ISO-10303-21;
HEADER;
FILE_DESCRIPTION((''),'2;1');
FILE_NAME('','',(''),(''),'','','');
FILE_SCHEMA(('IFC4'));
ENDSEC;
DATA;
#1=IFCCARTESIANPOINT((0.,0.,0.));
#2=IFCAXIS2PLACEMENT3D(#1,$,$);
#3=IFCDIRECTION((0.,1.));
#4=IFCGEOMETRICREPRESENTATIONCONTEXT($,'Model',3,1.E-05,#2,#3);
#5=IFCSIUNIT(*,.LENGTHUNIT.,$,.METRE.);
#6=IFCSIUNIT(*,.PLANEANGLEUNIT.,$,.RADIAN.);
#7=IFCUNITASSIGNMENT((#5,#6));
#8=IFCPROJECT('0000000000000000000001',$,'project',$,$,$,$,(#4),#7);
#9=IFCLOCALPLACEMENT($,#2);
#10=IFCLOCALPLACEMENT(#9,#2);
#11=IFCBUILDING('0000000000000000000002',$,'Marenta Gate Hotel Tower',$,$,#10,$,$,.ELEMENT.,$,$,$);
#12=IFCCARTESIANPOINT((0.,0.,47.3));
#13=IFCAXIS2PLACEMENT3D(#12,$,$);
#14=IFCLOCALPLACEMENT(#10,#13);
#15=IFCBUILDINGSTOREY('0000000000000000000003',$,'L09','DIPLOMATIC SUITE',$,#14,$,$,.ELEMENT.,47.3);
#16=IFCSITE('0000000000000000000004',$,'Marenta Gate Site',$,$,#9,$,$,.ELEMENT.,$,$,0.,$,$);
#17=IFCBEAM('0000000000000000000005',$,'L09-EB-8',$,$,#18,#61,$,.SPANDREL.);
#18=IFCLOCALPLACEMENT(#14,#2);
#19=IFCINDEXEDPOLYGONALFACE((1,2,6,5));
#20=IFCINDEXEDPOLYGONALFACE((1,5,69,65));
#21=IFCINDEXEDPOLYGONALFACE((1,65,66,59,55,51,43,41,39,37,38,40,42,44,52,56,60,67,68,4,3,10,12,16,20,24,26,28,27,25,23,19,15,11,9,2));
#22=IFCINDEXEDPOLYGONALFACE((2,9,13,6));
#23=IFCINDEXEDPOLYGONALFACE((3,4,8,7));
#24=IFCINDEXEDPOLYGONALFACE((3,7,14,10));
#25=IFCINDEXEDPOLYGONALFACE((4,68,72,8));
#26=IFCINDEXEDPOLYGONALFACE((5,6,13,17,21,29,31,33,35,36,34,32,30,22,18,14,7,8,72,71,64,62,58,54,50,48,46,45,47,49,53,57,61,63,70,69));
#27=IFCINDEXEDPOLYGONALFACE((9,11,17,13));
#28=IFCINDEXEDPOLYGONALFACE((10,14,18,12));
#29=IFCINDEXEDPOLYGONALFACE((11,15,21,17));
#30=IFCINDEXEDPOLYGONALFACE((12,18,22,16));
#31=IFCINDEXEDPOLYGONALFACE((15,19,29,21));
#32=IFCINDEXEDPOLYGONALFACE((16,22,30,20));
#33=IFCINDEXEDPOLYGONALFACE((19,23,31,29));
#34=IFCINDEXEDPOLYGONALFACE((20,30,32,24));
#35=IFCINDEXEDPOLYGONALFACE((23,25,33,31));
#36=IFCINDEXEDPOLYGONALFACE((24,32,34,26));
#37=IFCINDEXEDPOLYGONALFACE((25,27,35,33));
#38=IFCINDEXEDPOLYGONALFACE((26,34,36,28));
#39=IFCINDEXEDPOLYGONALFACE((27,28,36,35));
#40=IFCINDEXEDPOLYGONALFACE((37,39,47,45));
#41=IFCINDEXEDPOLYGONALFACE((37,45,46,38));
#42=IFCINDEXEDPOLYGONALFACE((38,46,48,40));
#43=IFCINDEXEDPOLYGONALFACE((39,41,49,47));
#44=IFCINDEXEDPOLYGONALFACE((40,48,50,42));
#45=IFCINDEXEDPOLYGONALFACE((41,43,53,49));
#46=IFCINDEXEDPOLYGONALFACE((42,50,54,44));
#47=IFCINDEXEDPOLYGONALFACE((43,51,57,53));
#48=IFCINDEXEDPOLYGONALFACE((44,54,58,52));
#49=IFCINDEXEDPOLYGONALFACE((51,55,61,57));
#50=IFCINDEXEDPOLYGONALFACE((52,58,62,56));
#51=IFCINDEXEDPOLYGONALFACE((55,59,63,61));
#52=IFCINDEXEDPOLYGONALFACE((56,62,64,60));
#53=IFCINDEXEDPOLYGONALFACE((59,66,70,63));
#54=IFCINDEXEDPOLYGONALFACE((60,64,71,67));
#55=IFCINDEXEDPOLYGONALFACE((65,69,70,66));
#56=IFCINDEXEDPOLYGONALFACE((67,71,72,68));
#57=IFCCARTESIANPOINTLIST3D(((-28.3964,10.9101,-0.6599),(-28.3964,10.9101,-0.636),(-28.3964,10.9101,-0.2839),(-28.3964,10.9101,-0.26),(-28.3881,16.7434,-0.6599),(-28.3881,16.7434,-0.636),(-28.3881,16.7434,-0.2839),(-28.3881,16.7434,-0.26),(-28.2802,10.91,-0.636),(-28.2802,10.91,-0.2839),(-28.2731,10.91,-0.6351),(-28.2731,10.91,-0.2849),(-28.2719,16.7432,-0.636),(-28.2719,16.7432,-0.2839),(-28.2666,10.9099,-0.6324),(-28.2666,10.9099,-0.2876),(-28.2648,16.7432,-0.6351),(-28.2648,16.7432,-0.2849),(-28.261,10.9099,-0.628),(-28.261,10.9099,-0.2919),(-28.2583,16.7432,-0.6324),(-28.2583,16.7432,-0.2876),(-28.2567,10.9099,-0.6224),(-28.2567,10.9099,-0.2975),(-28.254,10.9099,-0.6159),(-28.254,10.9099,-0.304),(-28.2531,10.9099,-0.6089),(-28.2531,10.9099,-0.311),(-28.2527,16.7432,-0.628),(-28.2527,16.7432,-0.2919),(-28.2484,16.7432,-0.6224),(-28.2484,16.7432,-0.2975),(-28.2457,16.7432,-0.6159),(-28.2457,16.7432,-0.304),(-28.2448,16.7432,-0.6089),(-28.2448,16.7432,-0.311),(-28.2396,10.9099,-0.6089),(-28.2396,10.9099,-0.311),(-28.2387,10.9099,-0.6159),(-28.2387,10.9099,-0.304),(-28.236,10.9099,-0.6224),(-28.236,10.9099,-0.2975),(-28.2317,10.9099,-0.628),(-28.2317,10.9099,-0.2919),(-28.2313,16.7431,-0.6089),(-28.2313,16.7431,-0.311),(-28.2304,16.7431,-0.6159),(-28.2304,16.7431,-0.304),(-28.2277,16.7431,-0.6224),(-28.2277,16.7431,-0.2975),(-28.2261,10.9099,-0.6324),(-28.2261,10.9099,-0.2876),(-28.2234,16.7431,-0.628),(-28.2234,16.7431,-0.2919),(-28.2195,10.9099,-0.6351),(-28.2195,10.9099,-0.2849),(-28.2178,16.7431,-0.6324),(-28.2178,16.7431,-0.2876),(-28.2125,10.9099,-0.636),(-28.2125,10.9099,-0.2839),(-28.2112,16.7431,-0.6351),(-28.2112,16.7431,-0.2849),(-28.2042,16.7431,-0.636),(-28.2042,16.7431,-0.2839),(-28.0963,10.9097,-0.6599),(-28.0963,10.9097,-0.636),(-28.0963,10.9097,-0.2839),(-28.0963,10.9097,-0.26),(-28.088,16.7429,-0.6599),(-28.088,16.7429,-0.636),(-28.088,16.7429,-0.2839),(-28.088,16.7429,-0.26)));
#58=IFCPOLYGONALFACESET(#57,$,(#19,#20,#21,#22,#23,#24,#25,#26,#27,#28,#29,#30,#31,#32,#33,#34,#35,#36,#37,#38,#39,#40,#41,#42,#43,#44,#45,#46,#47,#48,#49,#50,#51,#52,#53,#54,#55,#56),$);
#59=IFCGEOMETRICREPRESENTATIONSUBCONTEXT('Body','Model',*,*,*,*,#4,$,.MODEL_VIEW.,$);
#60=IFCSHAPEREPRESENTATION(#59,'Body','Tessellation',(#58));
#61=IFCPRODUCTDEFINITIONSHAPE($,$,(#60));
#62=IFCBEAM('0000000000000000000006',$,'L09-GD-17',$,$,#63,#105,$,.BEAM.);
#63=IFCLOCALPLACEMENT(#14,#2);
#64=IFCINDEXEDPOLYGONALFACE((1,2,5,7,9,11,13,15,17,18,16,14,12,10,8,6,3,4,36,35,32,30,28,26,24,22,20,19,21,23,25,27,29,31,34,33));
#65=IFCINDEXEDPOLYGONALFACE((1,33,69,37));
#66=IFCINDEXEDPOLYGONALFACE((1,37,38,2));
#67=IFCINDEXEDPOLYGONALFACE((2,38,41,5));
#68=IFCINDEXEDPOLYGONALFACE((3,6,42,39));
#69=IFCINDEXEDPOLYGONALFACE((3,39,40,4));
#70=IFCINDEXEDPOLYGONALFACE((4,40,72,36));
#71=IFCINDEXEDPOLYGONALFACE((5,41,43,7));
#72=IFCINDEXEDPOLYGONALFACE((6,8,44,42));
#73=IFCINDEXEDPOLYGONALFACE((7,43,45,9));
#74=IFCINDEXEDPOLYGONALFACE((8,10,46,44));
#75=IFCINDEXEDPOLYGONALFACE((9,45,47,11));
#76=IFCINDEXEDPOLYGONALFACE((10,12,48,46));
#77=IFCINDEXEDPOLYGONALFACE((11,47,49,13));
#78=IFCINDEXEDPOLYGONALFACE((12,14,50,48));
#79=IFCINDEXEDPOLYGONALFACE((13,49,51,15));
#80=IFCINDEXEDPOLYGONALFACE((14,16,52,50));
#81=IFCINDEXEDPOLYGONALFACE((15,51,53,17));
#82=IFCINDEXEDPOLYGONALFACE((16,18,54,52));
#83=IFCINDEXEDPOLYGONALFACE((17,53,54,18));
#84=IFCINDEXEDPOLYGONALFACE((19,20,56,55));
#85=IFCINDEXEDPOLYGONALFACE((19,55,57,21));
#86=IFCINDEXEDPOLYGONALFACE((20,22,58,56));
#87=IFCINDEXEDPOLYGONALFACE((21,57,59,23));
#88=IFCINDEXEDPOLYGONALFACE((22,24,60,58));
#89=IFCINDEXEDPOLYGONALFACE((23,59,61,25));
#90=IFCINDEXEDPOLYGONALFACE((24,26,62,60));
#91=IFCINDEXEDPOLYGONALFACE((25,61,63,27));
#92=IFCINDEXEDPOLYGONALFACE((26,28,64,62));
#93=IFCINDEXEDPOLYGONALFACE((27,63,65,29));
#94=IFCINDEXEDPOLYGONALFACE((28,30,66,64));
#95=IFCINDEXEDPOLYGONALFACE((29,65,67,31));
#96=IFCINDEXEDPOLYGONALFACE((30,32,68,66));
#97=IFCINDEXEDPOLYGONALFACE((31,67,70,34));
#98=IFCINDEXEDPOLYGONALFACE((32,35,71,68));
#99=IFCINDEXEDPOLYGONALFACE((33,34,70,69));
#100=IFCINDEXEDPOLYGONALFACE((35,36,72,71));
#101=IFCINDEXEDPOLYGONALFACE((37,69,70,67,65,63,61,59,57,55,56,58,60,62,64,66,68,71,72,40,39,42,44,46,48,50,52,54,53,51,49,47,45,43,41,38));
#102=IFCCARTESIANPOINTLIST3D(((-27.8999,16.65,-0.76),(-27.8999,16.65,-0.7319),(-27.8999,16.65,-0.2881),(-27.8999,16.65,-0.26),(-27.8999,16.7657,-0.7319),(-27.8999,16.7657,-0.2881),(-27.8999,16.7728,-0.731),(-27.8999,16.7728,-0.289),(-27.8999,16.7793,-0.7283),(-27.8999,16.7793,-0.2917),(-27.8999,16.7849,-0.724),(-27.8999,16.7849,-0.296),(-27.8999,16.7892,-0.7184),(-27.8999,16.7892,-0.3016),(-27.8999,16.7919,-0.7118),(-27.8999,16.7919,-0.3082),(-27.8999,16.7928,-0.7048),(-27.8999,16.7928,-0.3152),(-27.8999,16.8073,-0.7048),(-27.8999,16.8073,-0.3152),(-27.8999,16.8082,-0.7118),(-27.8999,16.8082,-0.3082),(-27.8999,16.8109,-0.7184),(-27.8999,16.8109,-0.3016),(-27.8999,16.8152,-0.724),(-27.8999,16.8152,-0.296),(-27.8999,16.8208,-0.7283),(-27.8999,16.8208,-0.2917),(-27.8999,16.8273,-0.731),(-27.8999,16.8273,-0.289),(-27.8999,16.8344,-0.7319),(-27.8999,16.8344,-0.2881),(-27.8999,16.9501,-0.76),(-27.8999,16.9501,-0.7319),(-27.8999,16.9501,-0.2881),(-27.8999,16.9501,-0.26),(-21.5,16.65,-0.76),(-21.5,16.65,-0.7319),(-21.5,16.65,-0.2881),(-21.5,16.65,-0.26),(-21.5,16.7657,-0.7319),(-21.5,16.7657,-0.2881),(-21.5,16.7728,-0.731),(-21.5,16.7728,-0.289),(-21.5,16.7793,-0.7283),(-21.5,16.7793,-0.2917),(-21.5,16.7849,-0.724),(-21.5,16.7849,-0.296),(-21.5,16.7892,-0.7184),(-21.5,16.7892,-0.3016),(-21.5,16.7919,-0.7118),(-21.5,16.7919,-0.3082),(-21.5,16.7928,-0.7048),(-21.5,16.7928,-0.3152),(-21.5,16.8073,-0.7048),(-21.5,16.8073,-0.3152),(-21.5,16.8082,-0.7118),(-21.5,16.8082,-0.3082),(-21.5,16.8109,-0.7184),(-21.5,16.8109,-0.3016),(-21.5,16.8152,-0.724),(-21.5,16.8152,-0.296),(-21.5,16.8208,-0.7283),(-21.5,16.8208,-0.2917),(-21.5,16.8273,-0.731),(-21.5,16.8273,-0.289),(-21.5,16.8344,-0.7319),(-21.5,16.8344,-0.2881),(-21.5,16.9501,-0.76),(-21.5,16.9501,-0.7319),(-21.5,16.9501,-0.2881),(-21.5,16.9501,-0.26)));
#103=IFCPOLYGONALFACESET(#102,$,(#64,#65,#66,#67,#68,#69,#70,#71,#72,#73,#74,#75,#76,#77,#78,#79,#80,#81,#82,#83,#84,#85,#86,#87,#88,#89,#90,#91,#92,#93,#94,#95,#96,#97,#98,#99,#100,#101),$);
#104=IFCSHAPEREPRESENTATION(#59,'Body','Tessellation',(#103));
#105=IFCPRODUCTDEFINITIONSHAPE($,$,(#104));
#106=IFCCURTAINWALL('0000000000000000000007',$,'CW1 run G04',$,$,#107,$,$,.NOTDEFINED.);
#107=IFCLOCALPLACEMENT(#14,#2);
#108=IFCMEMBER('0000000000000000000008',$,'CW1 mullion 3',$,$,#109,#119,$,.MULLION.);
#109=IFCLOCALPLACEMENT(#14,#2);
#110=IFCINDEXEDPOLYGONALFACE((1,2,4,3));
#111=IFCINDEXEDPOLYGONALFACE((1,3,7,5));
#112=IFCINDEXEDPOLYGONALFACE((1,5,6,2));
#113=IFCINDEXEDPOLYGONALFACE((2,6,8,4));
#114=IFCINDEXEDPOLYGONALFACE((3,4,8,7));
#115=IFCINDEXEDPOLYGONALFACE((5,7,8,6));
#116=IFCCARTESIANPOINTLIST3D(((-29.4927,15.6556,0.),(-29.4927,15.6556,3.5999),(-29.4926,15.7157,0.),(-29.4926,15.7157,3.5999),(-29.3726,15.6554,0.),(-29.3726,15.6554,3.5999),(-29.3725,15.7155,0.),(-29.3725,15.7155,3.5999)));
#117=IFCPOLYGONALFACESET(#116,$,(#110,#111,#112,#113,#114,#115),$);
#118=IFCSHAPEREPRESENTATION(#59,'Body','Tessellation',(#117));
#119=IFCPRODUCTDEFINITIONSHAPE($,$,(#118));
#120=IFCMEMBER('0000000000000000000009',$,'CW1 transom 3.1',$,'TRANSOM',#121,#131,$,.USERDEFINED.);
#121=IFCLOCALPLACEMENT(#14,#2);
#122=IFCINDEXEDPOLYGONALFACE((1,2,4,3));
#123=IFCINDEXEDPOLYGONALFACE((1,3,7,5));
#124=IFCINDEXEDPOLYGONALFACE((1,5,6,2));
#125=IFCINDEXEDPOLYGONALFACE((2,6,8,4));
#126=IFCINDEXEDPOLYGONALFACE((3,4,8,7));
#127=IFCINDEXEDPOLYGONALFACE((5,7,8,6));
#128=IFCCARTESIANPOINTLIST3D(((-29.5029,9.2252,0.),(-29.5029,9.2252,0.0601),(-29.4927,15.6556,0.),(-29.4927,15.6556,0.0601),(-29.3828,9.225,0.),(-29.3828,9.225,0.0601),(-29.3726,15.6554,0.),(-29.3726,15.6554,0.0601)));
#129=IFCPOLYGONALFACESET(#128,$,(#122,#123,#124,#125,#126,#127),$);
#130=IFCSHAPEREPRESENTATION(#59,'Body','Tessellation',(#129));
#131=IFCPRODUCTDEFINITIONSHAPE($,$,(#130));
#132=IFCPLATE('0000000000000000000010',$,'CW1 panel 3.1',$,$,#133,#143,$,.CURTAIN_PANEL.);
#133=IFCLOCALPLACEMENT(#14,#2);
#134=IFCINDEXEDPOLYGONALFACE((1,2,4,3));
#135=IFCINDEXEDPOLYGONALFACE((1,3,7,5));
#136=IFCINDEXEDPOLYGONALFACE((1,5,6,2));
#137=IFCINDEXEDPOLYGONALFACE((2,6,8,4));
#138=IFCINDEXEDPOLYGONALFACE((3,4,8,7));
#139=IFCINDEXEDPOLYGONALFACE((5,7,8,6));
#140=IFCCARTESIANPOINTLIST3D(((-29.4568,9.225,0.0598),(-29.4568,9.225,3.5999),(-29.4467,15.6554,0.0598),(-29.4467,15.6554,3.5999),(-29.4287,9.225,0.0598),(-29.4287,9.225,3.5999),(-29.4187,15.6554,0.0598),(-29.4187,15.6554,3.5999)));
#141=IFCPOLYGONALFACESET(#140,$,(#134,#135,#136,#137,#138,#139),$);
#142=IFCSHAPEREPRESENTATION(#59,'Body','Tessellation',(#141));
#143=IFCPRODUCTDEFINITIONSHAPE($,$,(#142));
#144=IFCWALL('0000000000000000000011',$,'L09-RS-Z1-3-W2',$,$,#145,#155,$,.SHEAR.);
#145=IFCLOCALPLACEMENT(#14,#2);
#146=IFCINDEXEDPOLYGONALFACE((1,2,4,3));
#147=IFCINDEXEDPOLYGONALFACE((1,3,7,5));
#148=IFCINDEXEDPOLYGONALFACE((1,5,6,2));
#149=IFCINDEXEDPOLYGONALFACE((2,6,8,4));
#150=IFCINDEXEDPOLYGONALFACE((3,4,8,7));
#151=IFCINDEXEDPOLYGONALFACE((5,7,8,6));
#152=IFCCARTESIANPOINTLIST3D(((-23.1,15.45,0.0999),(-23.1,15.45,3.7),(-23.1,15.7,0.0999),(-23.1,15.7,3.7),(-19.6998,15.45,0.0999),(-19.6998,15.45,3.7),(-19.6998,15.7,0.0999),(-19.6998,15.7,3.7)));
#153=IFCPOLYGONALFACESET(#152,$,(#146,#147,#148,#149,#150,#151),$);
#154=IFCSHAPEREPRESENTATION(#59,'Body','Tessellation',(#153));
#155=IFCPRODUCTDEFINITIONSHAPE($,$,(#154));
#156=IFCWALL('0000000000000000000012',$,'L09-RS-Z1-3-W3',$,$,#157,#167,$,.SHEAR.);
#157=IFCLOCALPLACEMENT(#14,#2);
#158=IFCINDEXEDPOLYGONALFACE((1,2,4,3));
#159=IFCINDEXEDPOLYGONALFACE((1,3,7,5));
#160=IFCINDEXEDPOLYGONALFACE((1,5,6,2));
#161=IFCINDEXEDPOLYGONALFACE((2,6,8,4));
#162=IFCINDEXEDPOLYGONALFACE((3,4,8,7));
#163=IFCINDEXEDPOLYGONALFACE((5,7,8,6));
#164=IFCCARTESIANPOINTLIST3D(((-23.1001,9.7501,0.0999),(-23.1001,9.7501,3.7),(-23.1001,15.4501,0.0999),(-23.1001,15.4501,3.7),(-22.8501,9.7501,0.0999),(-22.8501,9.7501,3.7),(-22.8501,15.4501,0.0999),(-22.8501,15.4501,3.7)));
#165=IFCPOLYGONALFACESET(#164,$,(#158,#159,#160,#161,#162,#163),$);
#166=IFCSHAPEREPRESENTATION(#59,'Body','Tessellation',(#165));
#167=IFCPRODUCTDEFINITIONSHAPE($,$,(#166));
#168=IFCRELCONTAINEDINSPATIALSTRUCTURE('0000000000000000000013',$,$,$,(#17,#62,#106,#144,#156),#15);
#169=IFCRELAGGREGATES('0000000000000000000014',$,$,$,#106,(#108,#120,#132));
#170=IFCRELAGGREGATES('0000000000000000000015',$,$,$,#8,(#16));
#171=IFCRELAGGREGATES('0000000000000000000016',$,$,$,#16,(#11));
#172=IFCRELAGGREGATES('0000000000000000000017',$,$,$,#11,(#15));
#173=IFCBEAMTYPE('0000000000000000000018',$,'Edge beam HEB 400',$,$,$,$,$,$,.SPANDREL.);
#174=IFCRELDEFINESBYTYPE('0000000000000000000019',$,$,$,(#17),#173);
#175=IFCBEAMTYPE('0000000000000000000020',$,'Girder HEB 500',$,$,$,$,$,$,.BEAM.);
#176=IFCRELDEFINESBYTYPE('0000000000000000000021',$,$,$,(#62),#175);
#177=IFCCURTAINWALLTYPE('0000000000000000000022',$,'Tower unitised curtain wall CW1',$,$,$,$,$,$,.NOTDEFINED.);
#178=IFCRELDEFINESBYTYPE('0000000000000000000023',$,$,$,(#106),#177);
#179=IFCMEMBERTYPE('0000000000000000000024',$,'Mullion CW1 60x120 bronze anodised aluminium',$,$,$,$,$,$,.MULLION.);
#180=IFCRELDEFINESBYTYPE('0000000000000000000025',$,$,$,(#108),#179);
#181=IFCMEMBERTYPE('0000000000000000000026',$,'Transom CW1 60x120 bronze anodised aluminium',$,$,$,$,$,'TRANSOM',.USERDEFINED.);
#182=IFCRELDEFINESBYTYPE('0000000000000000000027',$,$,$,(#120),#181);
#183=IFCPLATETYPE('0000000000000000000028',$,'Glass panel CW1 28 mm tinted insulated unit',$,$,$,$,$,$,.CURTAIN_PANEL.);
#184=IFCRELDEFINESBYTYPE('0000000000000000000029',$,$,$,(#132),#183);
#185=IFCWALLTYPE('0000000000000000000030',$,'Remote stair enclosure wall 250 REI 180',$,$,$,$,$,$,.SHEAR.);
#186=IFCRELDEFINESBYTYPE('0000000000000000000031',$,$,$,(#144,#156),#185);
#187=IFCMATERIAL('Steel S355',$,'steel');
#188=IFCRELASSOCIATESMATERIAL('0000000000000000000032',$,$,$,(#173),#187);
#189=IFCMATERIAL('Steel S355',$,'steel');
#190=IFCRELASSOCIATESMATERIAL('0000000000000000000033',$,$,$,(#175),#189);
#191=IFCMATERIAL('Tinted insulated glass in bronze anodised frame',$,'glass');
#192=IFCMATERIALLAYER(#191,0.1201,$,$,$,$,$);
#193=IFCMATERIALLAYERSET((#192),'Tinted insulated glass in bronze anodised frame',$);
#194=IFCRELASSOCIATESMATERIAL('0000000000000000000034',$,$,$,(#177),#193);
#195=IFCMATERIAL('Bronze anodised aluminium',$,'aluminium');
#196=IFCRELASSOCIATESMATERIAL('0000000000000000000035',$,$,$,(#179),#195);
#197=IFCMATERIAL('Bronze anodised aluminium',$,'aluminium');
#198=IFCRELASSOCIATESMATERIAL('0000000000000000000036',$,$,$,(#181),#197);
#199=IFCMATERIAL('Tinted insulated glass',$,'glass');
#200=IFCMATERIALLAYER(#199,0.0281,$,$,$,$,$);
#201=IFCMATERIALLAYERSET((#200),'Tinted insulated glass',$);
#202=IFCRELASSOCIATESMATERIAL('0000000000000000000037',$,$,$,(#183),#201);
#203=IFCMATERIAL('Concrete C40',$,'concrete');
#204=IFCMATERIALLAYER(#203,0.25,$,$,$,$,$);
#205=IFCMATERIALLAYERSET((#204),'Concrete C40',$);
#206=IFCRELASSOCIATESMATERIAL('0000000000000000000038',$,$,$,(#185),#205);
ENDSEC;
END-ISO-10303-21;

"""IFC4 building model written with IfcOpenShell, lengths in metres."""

from ifc_helpers import new_model, si_unit, direction, frame, frame_2d, origin, origin_2d, place, context, subcontext, project, spatial, rectangle, i_section, extrude, material, layer, layer_set, material_profile, profile_set, type_object, element, aggregate, save


model = new_model("IFC4")

# Units and contexts
model_context = context("Model", 3, precision=1e-05, world=origin(), true_north=direction((0.0, 1.0)))
body_context = subcontext(model_context, "Body", "Model", "MODEL_VIEW")
ifc_project = project(units=[si_unit("LENGTHUNIT", "METRE"), si_unit("PLANEANGLEUNIT", "RADIAN")], contexts=[model_context])

# Site, building, storey
site_placement = place(None, origin())
site = spatial("IfcSite", under=ifc_project, at=site_placement, Name="Marenta Gate Site", CompositionType="ELEMENT", RefElevation=0.0)
building_placement = place(site_placement, origin())
building = spatial("IfcBuilding", under=site, at=building_placement, Name="Marenta Gate Hotel Tower", CompositionType="ELEMENT")
storey_placement = place(building_placement, frame((0.0, 0.0, 47.3)))
storey = spatial("IfcBuildingStorey", under=building, at=storey_placement, Name="L09", Description="DIPLOMATIC SUITE", CompositionType="ELEMENT", Elevation=47.3)

# Beams
ifc_material_1 = material(Name="Steel S355", Category="steel")
ifc_material_profile_1 = material_profile(ifc_material_1, i_section(OverallWidth=0.3, OverallDepth=0.3999, WebThickness=0.0134, FlangeThickness=0.0239, FilletRadius=0.0271, at=origin_2d()), Name="HEB 400")
ifc_profile_set_1 = profile_set([ifc_material_profile_1], Name="Steel S355")
beam_type_1 = type_object("IfcBeamType", Name="Edge beam HEB 400", PredefinedType="SPANDREL", material=ifc_profile_set_1)
beam_1_placement = place(storey_placement, frame((-28.2463, 10.9099, -0.46), z_axis=(0.001423, 0.999999, 0.0), x_axis=(-0.999999, 0.001423, 0.0)))
element("IfcBeam", 1, at=beam_1_placement, inside=storey, type_object=beam_type_1, Name="L09-EB-8", PredefinedType="SPANDREL", context=body_context, shape_type="SweptSolid", body=[
    extrude(i_section(OverallWidth=0.3, OverallDepth=0.3999, WebThickness=0.0134, FlangeThickness=0.0239, FilletRadius=0.0271, at=origin_2d()), origin(), (0.0, 0.0, 1.0), 5.8333),
])
ifc_material_2 = material(Name="Steel S355", Category="steel")
ifc_material_profile_2 = material_profile(ifc_material_2, i_section(OverallWidth=0.3, OverallDepth=0.5, WebThickness=0.0144, FlangeThickness=0.0281, FilletRadius=0.0271, at=origin_2d()), Name="HEB 500")
ifc_profile_set_2 = profile_set([ifc_material_profile_2], Name="Steel S355")
beam_type_2 = type_object("IfcBeamType", Name="Girder HEB 500", PredefinedType="BEAM", material=ifc_profile_set_2)
beam_2_placement = place(storey_placement, frame((-27.8999, 16.8, -0.51), z_axis=(1.0, 0.0, 0.0), x_axis=(0.0, 1.0, 0.0)))
element("IfcBeam", 2, at=beam_2_placement, inside=storey, type_object=beam_type_2, Name="L09-GD-17", PredefinedType="BEAM", context=body_context, shape_type="SweptSolid", body=[
    extrude(i_section(OverallWidth=0.3, OverallDepth=0.5, WebThickness=0.0144, FlangeThickness=0.0281, FilletRadius=0.0271, at=origin_2d()), origin(), (0.0, 0.0, 1.0), 6.3999),
])

# Curtain wall, members, plate
ifc_material_3 = material(Name="Tinted insulated glass in bronze anodised frame", Category="glass")
ifc_layer_1 = layer(ifc_material_3, 0.1201)
ifc_layer_set_1 = layer_set([ifc_layer_1], Name="Tinted insulated glass in bronze anodised frame")
curtain_wall_type = type_object("IfcCurtainWallType", Name="Tower unitised curtain wall CW1", PredefinedType="NOTDEFINED", material=ifc_layer_set_1)
curtain_wall_placement = place(storey_placement, origin())
curtain_wall = element("IfcCurtainWall", 3, at=curtain_wall_placement, inside=storey, type_object=curtain_wall_type, Name="CW1 run G04", PredefinedType="NOTDEFINED")
ifc_material_4 = material(Name="Bronze anodised aluminium", Category="aluminium")
ifc_material_profile_3 = material_profile(ifc_material_4, rectangle(XDim=0.1201, YDim=0.0601, at=origin_2d()), Name="Mullion CW1 60x120 bronze anodised aluminium")
ifc_profile_set_3 = profile_set([ifc_material_profile_3], Name="Bronze anodised aluminium")
member_type_1 = type_object("IfcMemberType", Name="Mullion CW1 60x120 bronze anodised aluminium", PredefinedType="MULLION", material=ifc_profile_set_3)
member_1_placement = place(storey_placement, frame((-29.4326, 15.6855, 0.0), z_axis=(0.0, 0.0, 1.0), x_axis=(0.999999, -0.001566, 0.0)))
member_1 = element("IfcMember", 4, at=member_1_placement, type_object=member_type_1, Name="CW1 mullion 3", PredefinedType="MULLION", context=body_context, shape_type="SweptSolid", body=[
    extrude(rectangle(XDim=0.1201, YDim=0.0601, at=origin_2d()), origin(), (0.0, 0.0, 1.0), 3.5999),
])
ifc_material_5 = material(Name="Bronze anodised aluminium", Category="aluminium")
ifc_material_profile_4 = material_profile(ifc_material_5, rectangle(XDim=0.1201, YDim=0.0601, at=origin_2d()), Name="Transom CW1 60x120 bronze anodised aluminium")
ifc_profile_set_4 = profile_set([ifc_material_profile_4], Name="Bronze anodised aluminium")
member_type_2 = type_object("IfcMemberType", Name="Transom CW1 60x120 bronze anodised aluminium", ElementType="TRANSOM", PredefinedType="USERDEFINED", material=ifc_profile_set_4)
member_2_placement = place(storey_placement, frame((-29.4326, 15.6555, 0.03), z_axis=(-0.001595, -0.999999, 0.0), x_axis=(0.999999, -0.001595, 0.0)))
member_2 = element("IfcMember", 5, at=member_2_placement, type_object=member_type_2, Name="CW1 transom 3.1", ObjectType="TRANSOM", PredefinedType="USERDEFINED", context=body_context, shape_type="SweptSolid", body=[
    extrude(rectangle(XDim=0.1201, YDim=0.0601, at=origin_2d()), origin(), (0.0, 0.0, 1.0), 6.4304),
])
ifc_material_6 = material(Name="Tinted insulated glass", Category="glass")
ifc_layer_2 = layer(ifc_material_6, 0.0281)
ifc_layer_set_2 = layer_set([ifc_layer_2], Name="Tinted insulated glass")
plate_type = type_object("IfcPlateType", Name="Glass panel CW1 28 mm tinted insulated unit", PredefinedType="CURTAIN_PANEL", material=ifc_layer_set_2)
plate_placement = place(storey_placement, frame((-29.4377, 12.4402, 0.0598), z_axis=(0.0, 0.0, 1.0), x_axis=(-0.001566, -0.999999, 0.0)))
plate = element("IfcPlate", 6, at=plate_placement, type_object=plate_type, Name="CW1 panel 3.1", PredefinedType="CURTAIN_PANEL", context=body_context, shape_type="SweptSolid", body=[
    extrude(rectangle(XDim=6.4304, YDim=0.0281, at=origin_2d()), origin(), (0.0, 0.0, 1.0), 3.54),
])
aggregate(curtain_wall, [member_1, member_2, plate])

# Walls
ifc_material_7 = material(Name="Concrete C40", Category="concrete")
ifc_layer_3 = layer(ifc_material_7, 0.25)
ifc_layer_set_3 = layer_set([ifc_layer_3], Name="Concrete C40")
wall_type_1 = type_object("IfcWallType", Name="Remote stair enclosure wall 250 REI 180", PredefinedType="SHEAR", material=ifc_layer_set_3)
wall_1_placement = place(storey_placement, frame((-23.1001, 15.575, 0.0999), z_axis=(0.0, 0.0, 1.0), x_axis=(1.0, 0.0, 0.0)))
element("IfcWall", 7, at=wall_1_placement, inside=storey, type_object=wall_type_1, Name="L09-RS-Z1-3-W2", PredefinedType="SHEAR", context=body_context, shape_type="SweptSolid", body=[
    extrude(rectangle(XDim=3.4001, YDim=0.25, at=frame_2d((1.7002, 0.0))), origin(), (0.0, 0.0, 1.0), 3.6001),
])
wall_2_placement = place(storey_placement, frame((-22.9751, 9.75, 0.0999), z_axis=(0.0, 0.0, 1.0), x_axis=(0.0, 1.0, 0.0)))
element("IfcWall", 8, at=wall_2_placement, inside=storey, type_object=wall_type_1, Name="L09-RS-Z1-3-W3", PredefinedType="SHEAR", context=body_context, shape_type="SweptSolid", body=[
    extrude(rectangle(XDim=5.7, YDim=0.25, at=frame_2d((2.8501, 0.0))), origin(), (0.0, 0.0, 1.0), 3.6001),
])

save(model, "model.ifc")
